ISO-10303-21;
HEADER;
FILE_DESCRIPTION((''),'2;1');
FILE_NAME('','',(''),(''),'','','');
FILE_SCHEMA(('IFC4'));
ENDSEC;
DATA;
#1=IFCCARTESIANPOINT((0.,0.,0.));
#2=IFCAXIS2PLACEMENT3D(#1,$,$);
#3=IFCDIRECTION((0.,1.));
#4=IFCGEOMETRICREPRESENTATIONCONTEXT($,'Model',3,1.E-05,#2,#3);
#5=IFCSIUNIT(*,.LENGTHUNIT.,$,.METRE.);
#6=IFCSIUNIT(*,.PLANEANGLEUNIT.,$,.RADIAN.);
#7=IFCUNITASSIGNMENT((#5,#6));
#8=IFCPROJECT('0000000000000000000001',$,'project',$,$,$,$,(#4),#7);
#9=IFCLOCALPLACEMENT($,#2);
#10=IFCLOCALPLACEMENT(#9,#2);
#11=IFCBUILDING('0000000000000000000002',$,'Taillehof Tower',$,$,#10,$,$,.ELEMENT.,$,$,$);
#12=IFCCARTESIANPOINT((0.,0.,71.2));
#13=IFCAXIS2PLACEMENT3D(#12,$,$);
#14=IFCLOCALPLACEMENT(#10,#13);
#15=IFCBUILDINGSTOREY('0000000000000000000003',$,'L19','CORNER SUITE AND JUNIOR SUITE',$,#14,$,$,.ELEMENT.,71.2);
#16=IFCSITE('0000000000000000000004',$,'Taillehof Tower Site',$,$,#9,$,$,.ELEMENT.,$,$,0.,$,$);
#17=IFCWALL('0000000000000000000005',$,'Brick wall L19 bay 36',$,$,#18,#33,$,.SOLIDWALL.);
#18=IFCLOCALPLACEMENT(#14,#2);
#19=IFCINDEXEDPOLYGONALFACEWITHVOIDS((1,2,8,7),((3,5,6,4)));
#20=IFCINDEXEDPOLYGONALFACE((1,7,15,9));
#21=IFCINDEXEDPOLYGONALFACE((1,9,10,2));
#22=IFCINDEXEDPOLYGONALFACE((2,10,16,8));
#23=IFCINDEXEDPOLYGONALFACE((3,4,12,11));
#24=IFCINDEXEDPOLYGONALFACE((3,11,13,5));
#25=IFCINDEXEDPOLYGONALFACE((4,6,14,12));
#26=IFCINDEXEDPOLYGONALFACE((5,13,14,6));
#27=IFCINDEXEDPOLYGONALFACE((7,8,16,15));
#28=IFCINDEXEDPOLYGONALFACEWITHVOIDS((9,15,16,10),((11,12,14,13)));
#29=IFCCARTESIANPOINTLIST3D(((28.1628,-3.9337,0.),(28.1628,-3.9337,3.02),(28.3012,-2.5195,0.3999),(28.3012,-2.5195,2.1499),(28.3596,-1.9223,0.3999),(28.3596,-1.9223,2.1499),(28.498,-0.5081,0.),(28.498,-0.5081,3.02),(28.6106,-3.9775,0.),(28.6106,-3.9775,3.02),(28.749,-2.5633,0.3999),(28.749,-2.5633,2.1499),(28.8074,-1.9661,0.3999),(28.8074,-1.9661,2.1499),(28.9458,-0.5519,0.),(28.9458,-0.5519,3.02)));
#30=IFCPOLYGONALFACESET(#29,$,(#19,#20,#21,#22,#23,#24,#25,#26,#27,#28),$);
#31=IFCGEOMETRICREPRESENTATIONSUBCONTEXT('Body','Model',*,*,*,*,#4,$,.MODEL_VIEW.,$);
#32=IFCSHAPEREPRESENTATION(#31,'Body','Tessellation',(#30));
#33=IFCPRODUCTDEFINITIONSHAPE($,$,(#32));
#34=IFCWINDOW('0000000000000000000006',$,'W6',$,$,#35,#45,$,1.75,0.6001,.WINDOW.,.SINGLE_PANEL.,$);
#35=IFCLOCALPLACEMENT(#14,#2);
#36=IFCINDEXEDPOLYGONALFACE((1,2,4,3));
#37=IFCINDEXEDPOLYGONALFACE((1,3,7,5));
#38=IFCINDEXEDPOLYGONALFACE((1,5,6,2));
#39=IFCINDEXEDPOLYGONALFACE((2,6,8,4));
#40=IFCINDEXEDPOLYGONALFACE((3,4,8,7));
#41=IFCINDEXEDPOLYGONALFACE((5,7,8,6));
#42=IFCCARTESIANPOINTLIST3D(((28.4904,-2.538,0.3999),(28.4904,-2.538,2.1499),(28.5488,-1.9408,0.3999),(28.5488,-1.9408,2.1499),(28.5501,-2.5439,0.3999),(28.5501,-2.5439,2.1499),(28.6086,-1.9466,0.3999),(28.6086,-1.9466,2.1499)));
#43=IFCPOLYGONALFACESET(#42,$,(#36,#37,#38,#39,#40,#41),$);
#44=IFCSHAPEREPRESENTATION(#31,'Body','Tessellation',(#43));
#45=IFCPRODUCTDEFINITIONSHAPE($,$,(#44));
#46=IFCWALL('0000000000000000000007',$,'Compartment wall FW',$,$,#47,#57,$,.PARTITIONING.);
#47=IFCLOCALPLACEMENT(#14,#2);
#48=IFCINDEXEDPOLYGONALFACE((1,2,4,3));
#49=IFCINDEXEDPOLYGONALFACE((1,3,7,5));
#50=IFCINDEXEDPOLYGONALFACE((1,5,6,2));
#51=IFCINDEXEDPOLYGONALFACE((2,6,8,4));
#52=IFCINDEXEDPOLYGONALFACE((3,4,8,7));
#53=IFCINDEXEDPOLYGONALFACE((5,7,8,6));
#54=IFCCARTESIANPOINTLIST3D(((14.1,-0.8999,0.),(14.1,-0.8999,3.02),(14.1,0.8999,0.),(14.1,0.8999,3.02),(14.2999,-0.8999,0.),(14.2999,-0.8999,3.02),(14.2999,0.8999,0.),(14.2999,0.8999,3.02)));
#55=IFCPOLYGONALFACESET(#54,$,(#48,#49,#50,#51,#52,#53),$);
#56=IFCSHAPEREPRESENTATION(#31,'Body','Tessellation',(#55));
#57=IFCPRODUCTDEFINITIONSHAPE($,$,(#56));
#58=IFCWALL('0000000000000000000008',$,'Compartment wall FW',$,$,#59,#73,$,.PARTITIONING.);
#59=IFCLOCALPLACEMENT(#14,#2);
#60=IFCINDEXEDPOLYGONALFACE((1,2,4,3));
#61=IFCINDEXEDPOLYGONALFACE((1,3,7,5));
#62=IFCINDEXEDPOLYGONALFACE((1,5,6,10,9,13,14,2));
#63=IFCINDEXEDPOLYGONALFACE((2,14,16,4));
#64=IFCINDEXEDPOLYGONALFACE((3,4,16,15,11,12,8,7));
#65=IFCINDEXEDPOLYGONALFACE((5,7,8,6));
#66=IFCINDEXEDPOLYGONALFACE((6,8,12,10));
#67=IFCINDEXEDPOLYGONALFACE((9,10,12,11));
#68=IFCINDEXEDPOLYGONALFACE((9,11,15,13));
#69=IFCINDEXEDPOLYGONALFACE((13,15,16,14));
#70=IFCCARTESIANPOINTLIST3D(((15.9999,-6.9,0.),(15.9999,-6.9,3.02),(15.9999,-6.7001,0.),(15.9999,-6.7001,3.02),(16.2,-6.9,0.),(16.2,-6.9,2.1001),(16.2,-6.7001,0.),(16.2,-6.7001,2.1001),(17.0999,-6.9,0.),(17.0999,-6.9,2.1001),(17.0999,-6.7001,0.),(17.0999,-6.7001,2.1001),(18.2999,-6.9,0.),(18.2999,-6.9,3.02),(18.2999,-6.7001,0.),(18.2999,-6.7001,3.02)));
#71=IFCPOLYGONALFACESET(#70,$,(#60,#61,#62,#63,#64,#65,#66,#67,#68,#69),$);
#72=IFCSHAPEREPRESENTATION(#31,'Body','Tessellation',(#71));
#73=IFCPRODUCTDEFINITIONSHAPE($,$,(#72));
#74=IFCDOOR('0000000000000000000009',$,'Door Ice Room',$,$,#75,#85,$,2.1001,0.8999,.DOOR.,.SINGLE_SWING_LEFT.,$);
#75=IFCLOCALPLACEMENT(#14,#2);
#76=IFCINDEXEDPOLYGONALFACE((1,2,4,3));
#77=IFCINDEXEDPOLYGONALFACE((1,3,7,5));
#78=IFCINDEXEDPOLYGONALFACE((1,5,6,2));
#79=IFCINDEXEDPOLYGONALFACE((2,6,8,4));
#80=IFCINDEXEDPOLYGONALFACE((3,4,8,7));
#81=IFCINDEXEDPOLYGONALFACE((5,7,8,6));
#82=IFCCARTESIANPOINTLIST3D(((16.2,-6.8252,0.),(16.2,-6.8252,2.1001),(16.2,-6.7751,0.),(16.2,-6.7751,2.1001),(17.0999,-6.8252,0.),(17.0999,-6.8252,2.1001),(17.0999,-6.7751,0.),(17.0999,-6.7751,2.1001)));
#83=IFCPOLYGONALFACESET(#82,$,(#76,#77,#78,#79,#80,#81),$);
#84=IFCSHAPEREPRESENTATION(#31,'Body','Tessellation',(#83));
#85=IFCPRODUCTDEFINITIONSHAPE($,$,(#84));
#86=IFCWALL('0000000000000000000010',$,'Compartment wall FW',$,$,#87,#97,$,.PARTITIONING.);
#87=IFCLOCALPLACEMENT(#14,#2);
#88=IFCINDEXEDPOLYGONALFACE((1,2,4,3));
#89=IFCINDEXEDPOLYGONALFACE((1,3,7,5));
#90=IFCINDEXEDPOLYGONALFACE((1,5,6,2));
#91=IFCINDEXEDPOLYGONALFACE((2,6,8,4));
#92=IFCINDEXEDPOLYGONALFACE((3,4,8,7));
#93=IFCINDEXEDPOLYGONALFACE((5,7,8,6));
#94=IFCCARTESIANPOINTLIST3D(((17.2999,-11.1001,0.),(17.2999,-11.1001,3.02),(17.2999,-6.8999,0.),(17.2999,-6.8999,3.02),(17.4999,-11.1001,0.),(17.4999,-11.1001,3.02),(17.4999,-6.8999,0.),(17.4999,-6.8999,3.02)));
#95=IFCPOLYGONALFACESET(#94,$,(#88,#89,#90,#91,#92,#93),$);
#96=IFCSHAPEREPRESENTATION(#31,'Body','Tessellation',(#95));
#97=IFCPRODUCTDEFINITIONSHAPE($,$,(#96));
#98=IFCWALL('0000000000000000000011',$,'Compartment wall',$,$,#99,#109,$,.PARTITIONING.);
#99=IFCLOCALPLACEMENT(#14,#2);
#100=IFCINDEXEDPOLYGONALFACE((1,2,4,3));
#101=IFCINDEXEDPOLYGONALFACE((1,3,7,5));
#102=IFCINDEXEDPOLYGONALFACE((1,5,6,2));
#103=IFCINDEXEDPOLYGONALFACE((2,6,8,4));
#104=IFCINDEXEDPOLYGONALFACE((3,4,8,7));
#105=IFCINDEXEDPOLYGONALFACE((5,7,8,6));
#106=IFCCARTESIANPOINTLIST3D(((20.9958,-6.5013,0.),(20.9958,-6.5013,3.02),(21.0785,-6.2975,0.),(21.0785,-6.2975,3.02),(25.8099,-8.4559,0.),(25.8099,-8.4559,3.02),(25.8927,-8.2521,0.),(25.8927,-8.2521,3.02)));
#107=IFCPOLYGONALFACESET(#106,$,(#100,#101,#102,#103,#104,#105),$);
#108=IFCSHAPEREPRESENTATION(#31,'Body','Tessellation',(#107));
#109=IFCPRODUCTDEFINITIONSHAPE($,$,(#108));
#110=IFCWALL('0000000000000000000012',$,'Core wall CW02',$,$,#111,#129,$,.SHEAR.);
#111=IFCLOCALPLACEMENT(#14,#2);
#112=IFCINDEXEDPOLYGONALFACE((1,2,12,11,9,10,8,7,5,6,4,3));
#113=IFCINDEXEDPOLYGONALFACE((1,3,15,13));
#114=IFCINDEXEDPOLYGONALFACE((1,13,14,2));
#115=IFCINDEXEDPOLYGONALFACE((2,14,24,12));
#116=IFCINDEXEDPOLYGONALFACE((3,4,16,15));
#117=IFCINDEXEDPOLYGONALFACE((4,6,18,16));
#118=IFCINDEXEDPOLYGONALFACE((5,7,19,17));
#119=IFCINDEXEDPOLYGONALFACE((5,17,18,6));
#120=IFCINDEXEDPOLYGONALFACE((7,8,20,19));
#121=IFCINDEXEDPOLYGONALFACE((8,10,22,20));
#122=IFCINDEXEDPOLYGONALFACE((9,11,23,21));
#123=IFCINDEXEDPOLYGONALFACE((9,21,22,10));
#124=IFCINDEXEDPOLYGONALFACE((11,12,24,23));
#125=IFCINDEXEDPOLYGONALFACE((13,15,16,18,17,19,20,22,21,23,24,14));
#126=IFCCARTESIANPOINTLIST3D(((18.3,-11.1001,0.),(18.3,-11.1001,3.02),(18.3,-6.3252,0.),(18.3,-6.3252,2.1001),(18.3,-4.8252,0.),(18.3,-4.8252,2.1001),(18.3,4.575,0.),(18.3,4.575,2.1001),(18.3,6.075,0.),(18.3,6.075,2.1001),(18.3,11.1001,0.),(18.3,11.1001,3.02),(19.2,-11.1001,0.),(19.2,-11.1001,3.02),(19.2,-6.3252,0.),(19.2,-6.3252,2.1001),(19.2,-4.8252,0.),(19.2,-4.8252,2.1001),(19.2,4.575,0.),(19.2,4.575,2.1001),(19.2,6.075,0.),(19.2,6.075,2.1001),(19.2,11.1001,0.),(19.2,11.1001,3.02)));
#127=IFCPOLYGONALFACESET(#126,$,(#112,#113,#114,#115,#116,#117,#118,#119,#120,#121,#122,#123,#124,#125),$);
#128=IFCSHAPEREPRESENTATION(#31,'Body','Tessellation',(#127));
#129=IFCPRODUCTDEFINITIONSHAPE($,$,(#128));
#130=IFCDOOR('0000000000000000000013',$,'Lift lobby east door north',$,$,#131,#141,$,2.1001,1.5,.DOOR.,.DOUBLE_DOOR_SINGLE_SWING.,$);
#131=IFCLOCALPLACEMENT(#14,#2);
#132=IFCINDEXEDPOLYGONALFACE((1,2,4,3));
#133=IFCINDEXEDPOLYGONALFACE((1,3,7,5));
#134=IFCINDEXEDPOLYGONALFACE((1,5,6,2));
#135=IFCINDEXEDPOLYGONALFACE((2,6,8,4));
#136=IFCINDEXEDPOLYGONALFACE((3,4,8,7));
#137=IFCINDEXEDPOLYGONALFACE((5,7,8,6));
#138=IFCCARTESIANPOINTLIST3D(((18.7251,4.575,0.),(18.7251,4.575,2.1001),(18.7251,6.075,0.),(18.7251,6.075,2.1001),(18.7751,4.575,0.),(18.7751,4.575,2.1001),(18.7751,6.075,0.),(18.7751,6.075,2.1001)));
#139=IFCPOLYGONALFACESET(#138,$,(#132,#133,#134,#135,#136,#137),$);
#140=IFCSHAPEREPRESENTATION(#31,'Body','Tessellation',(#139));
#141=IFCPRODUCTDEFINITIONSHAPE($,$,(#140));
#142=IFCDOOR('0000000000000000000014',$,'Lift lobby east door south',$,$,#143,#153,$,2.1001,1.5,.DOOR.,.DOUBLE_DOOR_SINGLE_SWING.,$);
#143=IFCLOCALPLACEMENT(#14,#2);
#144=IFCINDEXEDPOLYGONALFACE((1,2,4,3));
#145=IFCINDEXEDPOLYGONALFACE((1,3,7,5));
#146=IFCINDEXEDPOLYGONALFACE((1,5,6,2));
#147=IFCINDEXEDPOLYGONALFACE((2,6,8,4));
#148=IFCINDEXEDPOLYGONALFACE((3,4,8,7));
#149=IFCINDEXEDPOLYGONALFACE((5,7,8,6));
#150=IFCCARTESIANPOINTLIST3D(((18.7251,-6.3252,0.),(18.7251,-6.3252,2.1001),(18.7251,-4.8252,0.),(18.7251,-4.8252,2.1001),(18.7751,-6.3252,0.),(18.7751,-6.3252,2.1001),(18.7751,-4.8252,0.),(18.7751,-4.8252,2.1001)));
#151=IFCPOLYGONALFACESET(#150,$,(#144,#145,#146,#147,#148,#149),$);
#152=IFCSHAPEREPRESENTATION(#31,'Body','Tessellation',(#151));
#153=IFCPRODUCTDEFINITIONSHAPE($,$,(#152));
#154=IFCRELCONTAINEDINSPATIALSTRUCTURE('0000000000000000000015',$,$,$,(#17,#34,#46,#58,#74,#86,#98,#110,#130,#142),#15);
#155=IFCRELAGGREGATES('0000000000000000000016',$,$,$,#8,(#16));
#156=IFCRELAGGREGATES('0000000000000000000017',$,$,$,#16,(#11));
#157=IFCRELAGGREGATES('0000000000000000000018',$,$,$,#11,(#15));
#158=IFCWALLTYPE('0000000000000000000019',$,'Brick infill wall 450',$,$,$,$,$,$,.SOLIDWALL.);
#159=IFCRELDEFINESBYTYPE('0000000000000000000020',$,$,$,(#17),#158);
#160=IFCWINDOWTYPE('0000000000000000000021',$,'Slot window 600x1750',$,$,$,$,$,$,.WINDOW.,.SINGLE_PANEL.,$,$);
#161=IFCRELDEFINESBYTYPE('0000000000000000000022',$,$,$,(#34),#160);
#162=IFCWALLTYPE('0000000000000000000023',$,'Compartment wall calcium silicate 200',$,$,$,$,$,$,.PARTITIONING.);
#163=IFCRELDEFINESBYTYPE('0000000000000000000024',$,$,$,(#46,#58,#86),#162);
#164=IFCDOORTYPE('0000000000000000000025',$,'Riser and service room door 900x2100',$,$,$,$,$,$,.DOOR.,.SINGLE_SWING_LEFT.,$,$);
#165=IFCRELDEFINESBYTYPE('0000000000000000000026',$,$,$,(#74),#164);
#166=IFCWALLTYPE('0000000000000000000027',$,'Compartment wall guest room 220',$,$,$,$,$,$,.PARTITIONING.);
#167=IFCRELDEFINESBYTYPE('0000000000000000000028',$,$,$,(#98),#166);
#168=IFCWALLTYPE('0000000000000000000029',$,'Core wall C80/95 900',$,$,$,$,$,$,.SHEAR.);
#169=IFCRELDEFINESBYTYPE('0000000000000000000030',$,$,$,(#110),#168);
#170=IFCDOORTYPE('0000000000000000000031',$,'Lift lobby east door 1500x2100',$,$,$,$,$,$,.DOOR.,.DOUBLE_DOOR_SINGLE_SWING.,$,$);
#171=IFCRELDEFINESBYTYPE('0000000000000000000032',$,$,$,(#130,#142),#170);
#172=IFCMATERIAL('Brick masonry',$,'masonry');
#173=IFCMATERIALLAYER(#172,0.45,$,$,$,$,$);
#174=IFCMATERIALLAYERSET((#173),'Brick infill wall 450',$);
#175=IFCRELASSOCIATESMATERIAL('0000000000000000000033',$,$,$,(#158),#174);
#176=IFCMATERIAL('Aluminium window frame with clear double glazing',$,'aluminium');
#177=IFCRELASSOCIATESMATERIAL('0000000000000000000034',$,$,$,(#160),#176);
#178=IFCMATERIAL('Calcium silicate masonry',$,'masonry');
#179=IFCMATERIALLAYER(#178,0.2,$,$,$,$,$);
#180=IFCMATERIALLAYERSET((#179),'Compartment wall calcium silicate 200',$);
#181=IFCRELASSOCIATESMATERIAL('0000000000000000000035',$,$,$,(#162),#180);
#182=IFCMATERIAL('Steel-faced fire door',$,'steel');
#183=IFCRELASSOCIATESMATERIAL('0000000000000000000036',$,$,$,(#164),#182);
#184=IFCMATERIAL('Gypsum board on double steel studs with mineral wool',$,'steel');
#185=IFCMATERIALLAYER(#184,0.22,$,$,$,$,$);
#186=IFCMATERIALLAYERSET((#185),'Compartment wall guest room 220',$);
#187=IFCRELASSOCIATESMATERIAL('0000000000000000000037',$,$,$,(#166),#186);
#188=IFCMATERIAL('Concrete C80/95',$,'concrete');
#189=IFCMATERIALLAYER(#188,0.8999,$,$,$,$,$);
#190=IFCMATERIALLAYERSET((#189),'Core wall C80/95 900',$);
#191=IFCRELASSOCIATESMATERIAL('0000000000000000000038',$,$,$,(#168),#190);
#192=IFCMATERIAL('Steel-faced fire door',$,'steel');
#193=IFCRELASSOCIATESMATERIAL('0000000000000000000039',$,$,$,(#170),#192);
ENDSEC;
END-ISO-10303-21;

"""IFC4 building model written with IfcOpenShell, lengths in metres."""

from ifc_helpers import new_model, si_unit, direction, frame, frame_2d, origin, place, context, subcontext, project, spatial, rectangle, extrude, material, layer, layer_set, type_object, element, fill, save


model = new_model("IFC4")

# Units and contexts
model_context = context("Model", 3, precision=1e-05, world=origin(), true_north=direction((0.0, 1.0)))
body_context = subcontext(model_context, "Body", "Model", "MODEL_VIEW")
ifc_project = project(units=[si_unit("LENGTHUNIT", "METRE"), si_unit("PLANEANGLEUNIT", "RADIAN")], contexts=[model_context])

# Site, building, storey
site_placement = place(None, origin())
site = spatial("IfcSite", under=ifc_project, at=site_placement, Name="Taillehof Tower Site", CompositionType="ELEMENT", RefElevation=0.0)
building_placement = place(site_placement, origin())
building = spatial("IfcBuilding", under=site, at=building_placement, Name="Taillehof Tower", CompositionType="ELEMENT")
storey_placement = place(building_placement, frame((0.0, 0.0, 71.2)))
storey = spatial("IfcBuildingStorey", under=building, at=storey_placement, Name="L19", Description="CORNER SUITE AND JUNIOR SUITE", CompositionType="ELEMENT", Elevation=71.2)

# Shared definitions
ifc_material_1 = material(Name="Brick masonry", Category="masonry")
ifc_layer_1 = layer(ifc_material_1, 0.45)
ifc_layer_set_1 = layer_set([ifc_layer_1], Name="Brick infill wall 450")
wall_type_1 = type_object("IfcWallType", Name="Brick infill wall 450", PredefinedType="SOLIDWALL", material=ifc_layer_set_1)
ifc_material_2 = material(Name="Aluminium window frame with clear double glazing", Category="aluminium")
window_type = type_object("IfcWindowType", Name="Slot window 600x1750", PartitioningType="SINGLE_PANEL", PredefinedType="WINDOW", material=ifc_material_2)

# Wall, opening, window
wall_1_placement = place(storey_placement, frame((28.3867, -3.9556, 0.0), z_axis=(0.0, 0.0, 1.0), x_axis=(0.09739, 0.995246, 0.0)))
wall_1 = element("IfcWall", 1, at=wall_1_placement, inside=storey, type_object=wall_type_1, Name="Brick wall L19 bay 36", PredefinedType="SOLIDWALL", context=body_context, shape_type="SweptSolid", body=[
    extrude(rectangle(XDim=3.4419, YDim=0.45, at=frame_2d((1.7209, 0.0))), origin(), (0.0, 0.0, 1.0), 3.02),
])
opening_1_placement = place(wall_1_placement, frame((1.4209, 0.0, 0.3999)))
opening_1 = element("IfcOpeningElement", 2, at=opening_1_placement, cuts=wall_1, PredefinedType="OPENING", context=body_context, shape_type="SweptSolid", body=[
    extrude(rectangle(XDim=0.6001, YDim=1.75, at=frame_2d((0.3, 0.875))), frame((0.0, 0.2349, 0.0), z_axis=(0.0, -1.0, 0.0), x_axis=(1.0, 0.0, 0.0)), (0.0, 0.0, 1.0), 0.47),
])
window_1_placement = place(opening_1_placement, origin())
window_1 = element("IfcWindow", 3, at=window_1_placement, inside=storey, type_object=window_type, Name="W6", OverallHeight=1.75, OverallWidth=0.6001, PartitioningType="SINGLE_PANEL", PredefinedType="WINDOW", context=body_context, shape_type="SweptSolid", body=[
    extrude(rectangle(XDim=0.6001, YDim=1.75, at=frame_2d((0.3, 0.875))), frame((0.0, 0.0349, 0.0), z_axis=(0.0, -1.0, 0.0), x_axis=(1.0, 0.0, 0.0)), (0.0, 0.0, 1.0), 0.0601),
])
fill(opening_1, window_1)

# Wall
ifc_material_3 = material(Name="Calcium silicate masonry", Category="masonry")
ifc_layer_2 = layer(ifc_material_3, 0.2)
ifc_layer_set_2 = layer_set([ifc_layer_2], Name="Compartment wall calcium silicate 200")
wall_type_2 = type_object("IfcWallType", Name="Compartment wall calcium silicate 200", PredefinedType="PARTITIONING", material=ifc_layer_set_2)
wall_2_placement = place(storey_placement, frame((14.2, -0.8999, 0.0), z_axis=(0.0, 0.0, 1.0), x_axis=(0.0, 1.0, 0.0)))
element("IfcWall", 4, at=wall_2_placement, inside=storey, type_object=wall_type_2, Name="Compartment wall FW", PredefinedType="PARTITIONING", context=body_context, shape_type="SweptSolid", body=[
    extrude(rectangle(XDim=1.7998, YDim=0.2, at=frame_2d((0.8999, 0.0))), origin(), (0.0, 0.0, 1.0), 3.02),
])

# Wall, opening, door
wall_3_placement = place(storey_placement, frame((16.0, -6.8, 0.0), z_axis=(0.0, 0.0, 1.0), x_axis=(1.0, 0.0, 0.0)))
wall_3 = element("IfcWall", 5, at=wall_3_placement, inside=storey, type_object=wall_type_2, Name="Compartment wall FW", PredefinedType="PARTITIONING", context=body_context, shape_type="SweptSolid", body=[
    extrude(rectangle(XDim=2.3, YDim=0.2, at=frame_2d((1.1499, 0.0))), origin(), (0.0, 0.0, 1.0), 3.02),
])
opening_2_placement = place(wall_3_placement, frame((0.2, 0.0, 0.0)))
opening_2 = element("IfcOpeningElement", 6, at=opening_2_placement, cuts=wall_3, PredefinedType="OPENING", context=body_context, shape_type="SweptSolid", body=[
    extrude(rectangle(XDim=0.8999, YDim=2.1001, at=frame_2d((0.45, 1.05))), frame((0.0, 0.1099, 0.0), z_axis=(0.0, -1.0, 0.0), x_axis=(1.0, 0.0, 0.0)), (0.0, 0.0, 1.0), 0.22),
])
ifc_material_4 = material(Name="Steel-faced fire door", Category="steel")
door_type_1 = type_object("IfcDoorType", Name="Riser and service room door 900x2100", OperationType="SINGLE_SWING_LEFT", PredefinedType="DOOR", material=ifc_material_4)
door_1_placement = place(opening_2_placement, origin())
door_1 = element("IfcDoor", 7, at=door_1_placement, inside=storey, type_object=door_type_1, Name="Door Ice Room", OperationType="SINGLE_SWING_LEFT", OverallHeight=2.1001, OverallWidth=0.8999, PredefinedType="DOOR", context=body_context, shape_type="SweptSolid", body=[
    extrude(rectangle(XDim=0.8999, YDim=2.1001, at=frame_2d((0.45, 1.05))), frame((0.0, 0.0249, 0.0), z_axis=(0.0, -1.0, 0.0), x_axis=(1.0, 0.0, 0.0)), (0.0, 0.0, 1.0), 0.05),
])
fill(opening_2, door_1)

# Walls
wall_4_placement = place(storey_placement, frame((17.3999, -11.1001, 0.0), z_axis=(0.0, 0.0, 1.0), x_axis=(0.0, 1.0, 0.0)))
element("IfcWall", 8, at=wall_4_placement, inside=storey, type_object=wall_type_2, Name="Compartment wall FW", PredefinedType="PARTITIONING", context=body_context, shape_type="SweptSolid", body=[
    extrude(rectangle(XDim=4.2002, YDim=0.2, at=frame_2d((2.1001, 0.0))), origin(), (0.0, 0.0, 1.0), 3.02),
])
ifc_material_5 = material(Name="Gypsum board on double steel studs with mineral wool", Category="steel")
ifc_layer_3 = layer(ifc_material_5, 0.22)
ifc_layer_set_3 = layer_set([ifc_layer_3], Name="Compartment wall guest room 220")
wall_type_3 = type_object("IfcWallType", Name="Compartment wall guest room 220", PredefinedType="PARTITIONING", material=ifc_layer_set_3)
wall_5_placement = place(storey_placement, frame((25.8513, -8.354, 0.0), z_axis=(0.0, 0.0, 1.0), x_axis=(-0.926546, 0.376182, 0.0)))
element("IfcWall", 9, at=wall_5_placement, inside=storey, type_object=wall_type_3, Name="Compartment wall", PredefinedType="PARTITIONING", context=body_context, shape_type="SweptSolid", body=[
    extrude(rectangle(XDim=5.1958, YDim=0.22, at=frame_2d((2.5979, 0.0))), origin(), (0.0, 0.0, 1.0), 3.02),
])

# Wall, openings, doors
ifc_material_6 = material(Name="Concrete C80/95", Category="concrete")
ifc_layer_4 = layer(ifc_material_6, 0.8999)
ifc_layer_set_4 = layer_set([ifc_layer_4], Name="Core wall C80/95 900")
wall_type_4 = type_object("IfcWallType", Name="Core wall C80/95 900", PredefinedType="SHEAR", material=ifc_layer_set_4)
wall_6_placement = place(storey_placement, frame((18.75, -11.1001, 0.0), z_axis=(0.0, 0.0, 1.0), x_axis=(0.0, 1.0, 0.0)))
wall_6 = element("IfcWall", 10, at=wall_6_placement, inside=storey, type_object=wall_type_4, Name="Core wall CW02", PredefinedType="SHEAR", context=body_context, shape_type="SweptSolid", body=[
    extrude(rectangle(XDim=22.2002, YDim=0.8999, at=frame_2d((11.1001, 0.0))), origin(), (0.0, 0.0, 1.0), 3.02),
])
opening_3_placement = place(wall_6_placement, frame((15.675, 0.0, 0.0)))
opening_3 = element("IfcOpeningElement", 11, at=opening_3_placement, cuts=wall_6, PredefinedType="OPENING", context=body_context, shape_type="SweptSolid", body=[
    extrude(rectangle(XDim=1.5, YDim=2.1001, at=frame_2d((0.75, 1.05))), frame((0.0, 0.46, 0.0), z_axis=(0.0, -1.0, 0.0), x_axis=(1.0, 0.0, 0.0)), (0.0, 0.0, 1.0), 0.9199),
])
opening_4_placement = place(wall_6_placement, frame((4.7749, 0.0, 0.0)))
opening_4 = element("IfcOpeningElement", 12, at=opening_4_placement, cuts=wall_6, PredefinedType="OPENING", context=body_context, shape_type="SweptSolid", body=[
    extrude(rectangle(XDim=1.5, YDim=2.1001, at=frame_2d((0.75, 1.05))), frame((0.0, 0.46, 0.0), z_axis=(0.0, -1.0, 0.0), x_axis=(1.0, 0.0, 0.0)), (0.0, 0.0, 1.0), 0.9199),
])
ifc_material_7 = material(Name="Steel-faced fire door", Category="steel")
door_type_2 = type_object("IfcDoorType", Name="Lift lobby east door 1500x2100", OperationType="DOUBLE_DOOR_SINGLE_SWING", PredefinedType="DOOR", material=ifc_material_7)
door_2_placement = place(opening_3_placement, origin())
door_2 = element("IfcDoor", 13, at=door_2_placement, inside=storey, type_object=door_type_2, Name="Lift lobby east door north", OperationType="DOUBLE_DOOR_SINGLE_SWING", OverallHeight=2.1001, OverallWidth=1.5, PredefinedType="DOOR", context=body_context, shape_type="SweptSolid", body=[
    extrude(rectangle(XDim=1.5, YDim=2.1001, at=frame_2d((0.75, 1.05))), frame((0.0, 0.0249, 0.0), z_axis=(0.0, -1.0, 0.0), x_axis=(1.0, 0.0, 0.0)), (0.0, 0.0, 1.0), 0.05),
])
fill(opening_3, door_2)
door_3_placement = place(opening_4_placement, origin())
door_3 = element("IfcDoor", 14, at=door_3_placement, inside=storey, type_object=door_type_2, Name="Lift lobby east door south", OperationType="DOUBLE_DOOR_SINGLE_SWING", OverallHeight=2.1001, OverallWidth=1.5, PredefinedType="DOOR", context=body_context, shape_type="SweptSolid", body=[
    extrude(rectangle(XDim=1.5, YDim=2.1001, at=frame_2d((0.75, 1.05))), frame((0.0, 0.0249, 0.0), z_axis=(0.0, -1.0, 0.0), x_axis=(1.0, 0.0, 0.0)), (0.0, 0.0, 1.0), 0.05),
])
fill(opening_4, door_3)

save(model, "model.ifc")
